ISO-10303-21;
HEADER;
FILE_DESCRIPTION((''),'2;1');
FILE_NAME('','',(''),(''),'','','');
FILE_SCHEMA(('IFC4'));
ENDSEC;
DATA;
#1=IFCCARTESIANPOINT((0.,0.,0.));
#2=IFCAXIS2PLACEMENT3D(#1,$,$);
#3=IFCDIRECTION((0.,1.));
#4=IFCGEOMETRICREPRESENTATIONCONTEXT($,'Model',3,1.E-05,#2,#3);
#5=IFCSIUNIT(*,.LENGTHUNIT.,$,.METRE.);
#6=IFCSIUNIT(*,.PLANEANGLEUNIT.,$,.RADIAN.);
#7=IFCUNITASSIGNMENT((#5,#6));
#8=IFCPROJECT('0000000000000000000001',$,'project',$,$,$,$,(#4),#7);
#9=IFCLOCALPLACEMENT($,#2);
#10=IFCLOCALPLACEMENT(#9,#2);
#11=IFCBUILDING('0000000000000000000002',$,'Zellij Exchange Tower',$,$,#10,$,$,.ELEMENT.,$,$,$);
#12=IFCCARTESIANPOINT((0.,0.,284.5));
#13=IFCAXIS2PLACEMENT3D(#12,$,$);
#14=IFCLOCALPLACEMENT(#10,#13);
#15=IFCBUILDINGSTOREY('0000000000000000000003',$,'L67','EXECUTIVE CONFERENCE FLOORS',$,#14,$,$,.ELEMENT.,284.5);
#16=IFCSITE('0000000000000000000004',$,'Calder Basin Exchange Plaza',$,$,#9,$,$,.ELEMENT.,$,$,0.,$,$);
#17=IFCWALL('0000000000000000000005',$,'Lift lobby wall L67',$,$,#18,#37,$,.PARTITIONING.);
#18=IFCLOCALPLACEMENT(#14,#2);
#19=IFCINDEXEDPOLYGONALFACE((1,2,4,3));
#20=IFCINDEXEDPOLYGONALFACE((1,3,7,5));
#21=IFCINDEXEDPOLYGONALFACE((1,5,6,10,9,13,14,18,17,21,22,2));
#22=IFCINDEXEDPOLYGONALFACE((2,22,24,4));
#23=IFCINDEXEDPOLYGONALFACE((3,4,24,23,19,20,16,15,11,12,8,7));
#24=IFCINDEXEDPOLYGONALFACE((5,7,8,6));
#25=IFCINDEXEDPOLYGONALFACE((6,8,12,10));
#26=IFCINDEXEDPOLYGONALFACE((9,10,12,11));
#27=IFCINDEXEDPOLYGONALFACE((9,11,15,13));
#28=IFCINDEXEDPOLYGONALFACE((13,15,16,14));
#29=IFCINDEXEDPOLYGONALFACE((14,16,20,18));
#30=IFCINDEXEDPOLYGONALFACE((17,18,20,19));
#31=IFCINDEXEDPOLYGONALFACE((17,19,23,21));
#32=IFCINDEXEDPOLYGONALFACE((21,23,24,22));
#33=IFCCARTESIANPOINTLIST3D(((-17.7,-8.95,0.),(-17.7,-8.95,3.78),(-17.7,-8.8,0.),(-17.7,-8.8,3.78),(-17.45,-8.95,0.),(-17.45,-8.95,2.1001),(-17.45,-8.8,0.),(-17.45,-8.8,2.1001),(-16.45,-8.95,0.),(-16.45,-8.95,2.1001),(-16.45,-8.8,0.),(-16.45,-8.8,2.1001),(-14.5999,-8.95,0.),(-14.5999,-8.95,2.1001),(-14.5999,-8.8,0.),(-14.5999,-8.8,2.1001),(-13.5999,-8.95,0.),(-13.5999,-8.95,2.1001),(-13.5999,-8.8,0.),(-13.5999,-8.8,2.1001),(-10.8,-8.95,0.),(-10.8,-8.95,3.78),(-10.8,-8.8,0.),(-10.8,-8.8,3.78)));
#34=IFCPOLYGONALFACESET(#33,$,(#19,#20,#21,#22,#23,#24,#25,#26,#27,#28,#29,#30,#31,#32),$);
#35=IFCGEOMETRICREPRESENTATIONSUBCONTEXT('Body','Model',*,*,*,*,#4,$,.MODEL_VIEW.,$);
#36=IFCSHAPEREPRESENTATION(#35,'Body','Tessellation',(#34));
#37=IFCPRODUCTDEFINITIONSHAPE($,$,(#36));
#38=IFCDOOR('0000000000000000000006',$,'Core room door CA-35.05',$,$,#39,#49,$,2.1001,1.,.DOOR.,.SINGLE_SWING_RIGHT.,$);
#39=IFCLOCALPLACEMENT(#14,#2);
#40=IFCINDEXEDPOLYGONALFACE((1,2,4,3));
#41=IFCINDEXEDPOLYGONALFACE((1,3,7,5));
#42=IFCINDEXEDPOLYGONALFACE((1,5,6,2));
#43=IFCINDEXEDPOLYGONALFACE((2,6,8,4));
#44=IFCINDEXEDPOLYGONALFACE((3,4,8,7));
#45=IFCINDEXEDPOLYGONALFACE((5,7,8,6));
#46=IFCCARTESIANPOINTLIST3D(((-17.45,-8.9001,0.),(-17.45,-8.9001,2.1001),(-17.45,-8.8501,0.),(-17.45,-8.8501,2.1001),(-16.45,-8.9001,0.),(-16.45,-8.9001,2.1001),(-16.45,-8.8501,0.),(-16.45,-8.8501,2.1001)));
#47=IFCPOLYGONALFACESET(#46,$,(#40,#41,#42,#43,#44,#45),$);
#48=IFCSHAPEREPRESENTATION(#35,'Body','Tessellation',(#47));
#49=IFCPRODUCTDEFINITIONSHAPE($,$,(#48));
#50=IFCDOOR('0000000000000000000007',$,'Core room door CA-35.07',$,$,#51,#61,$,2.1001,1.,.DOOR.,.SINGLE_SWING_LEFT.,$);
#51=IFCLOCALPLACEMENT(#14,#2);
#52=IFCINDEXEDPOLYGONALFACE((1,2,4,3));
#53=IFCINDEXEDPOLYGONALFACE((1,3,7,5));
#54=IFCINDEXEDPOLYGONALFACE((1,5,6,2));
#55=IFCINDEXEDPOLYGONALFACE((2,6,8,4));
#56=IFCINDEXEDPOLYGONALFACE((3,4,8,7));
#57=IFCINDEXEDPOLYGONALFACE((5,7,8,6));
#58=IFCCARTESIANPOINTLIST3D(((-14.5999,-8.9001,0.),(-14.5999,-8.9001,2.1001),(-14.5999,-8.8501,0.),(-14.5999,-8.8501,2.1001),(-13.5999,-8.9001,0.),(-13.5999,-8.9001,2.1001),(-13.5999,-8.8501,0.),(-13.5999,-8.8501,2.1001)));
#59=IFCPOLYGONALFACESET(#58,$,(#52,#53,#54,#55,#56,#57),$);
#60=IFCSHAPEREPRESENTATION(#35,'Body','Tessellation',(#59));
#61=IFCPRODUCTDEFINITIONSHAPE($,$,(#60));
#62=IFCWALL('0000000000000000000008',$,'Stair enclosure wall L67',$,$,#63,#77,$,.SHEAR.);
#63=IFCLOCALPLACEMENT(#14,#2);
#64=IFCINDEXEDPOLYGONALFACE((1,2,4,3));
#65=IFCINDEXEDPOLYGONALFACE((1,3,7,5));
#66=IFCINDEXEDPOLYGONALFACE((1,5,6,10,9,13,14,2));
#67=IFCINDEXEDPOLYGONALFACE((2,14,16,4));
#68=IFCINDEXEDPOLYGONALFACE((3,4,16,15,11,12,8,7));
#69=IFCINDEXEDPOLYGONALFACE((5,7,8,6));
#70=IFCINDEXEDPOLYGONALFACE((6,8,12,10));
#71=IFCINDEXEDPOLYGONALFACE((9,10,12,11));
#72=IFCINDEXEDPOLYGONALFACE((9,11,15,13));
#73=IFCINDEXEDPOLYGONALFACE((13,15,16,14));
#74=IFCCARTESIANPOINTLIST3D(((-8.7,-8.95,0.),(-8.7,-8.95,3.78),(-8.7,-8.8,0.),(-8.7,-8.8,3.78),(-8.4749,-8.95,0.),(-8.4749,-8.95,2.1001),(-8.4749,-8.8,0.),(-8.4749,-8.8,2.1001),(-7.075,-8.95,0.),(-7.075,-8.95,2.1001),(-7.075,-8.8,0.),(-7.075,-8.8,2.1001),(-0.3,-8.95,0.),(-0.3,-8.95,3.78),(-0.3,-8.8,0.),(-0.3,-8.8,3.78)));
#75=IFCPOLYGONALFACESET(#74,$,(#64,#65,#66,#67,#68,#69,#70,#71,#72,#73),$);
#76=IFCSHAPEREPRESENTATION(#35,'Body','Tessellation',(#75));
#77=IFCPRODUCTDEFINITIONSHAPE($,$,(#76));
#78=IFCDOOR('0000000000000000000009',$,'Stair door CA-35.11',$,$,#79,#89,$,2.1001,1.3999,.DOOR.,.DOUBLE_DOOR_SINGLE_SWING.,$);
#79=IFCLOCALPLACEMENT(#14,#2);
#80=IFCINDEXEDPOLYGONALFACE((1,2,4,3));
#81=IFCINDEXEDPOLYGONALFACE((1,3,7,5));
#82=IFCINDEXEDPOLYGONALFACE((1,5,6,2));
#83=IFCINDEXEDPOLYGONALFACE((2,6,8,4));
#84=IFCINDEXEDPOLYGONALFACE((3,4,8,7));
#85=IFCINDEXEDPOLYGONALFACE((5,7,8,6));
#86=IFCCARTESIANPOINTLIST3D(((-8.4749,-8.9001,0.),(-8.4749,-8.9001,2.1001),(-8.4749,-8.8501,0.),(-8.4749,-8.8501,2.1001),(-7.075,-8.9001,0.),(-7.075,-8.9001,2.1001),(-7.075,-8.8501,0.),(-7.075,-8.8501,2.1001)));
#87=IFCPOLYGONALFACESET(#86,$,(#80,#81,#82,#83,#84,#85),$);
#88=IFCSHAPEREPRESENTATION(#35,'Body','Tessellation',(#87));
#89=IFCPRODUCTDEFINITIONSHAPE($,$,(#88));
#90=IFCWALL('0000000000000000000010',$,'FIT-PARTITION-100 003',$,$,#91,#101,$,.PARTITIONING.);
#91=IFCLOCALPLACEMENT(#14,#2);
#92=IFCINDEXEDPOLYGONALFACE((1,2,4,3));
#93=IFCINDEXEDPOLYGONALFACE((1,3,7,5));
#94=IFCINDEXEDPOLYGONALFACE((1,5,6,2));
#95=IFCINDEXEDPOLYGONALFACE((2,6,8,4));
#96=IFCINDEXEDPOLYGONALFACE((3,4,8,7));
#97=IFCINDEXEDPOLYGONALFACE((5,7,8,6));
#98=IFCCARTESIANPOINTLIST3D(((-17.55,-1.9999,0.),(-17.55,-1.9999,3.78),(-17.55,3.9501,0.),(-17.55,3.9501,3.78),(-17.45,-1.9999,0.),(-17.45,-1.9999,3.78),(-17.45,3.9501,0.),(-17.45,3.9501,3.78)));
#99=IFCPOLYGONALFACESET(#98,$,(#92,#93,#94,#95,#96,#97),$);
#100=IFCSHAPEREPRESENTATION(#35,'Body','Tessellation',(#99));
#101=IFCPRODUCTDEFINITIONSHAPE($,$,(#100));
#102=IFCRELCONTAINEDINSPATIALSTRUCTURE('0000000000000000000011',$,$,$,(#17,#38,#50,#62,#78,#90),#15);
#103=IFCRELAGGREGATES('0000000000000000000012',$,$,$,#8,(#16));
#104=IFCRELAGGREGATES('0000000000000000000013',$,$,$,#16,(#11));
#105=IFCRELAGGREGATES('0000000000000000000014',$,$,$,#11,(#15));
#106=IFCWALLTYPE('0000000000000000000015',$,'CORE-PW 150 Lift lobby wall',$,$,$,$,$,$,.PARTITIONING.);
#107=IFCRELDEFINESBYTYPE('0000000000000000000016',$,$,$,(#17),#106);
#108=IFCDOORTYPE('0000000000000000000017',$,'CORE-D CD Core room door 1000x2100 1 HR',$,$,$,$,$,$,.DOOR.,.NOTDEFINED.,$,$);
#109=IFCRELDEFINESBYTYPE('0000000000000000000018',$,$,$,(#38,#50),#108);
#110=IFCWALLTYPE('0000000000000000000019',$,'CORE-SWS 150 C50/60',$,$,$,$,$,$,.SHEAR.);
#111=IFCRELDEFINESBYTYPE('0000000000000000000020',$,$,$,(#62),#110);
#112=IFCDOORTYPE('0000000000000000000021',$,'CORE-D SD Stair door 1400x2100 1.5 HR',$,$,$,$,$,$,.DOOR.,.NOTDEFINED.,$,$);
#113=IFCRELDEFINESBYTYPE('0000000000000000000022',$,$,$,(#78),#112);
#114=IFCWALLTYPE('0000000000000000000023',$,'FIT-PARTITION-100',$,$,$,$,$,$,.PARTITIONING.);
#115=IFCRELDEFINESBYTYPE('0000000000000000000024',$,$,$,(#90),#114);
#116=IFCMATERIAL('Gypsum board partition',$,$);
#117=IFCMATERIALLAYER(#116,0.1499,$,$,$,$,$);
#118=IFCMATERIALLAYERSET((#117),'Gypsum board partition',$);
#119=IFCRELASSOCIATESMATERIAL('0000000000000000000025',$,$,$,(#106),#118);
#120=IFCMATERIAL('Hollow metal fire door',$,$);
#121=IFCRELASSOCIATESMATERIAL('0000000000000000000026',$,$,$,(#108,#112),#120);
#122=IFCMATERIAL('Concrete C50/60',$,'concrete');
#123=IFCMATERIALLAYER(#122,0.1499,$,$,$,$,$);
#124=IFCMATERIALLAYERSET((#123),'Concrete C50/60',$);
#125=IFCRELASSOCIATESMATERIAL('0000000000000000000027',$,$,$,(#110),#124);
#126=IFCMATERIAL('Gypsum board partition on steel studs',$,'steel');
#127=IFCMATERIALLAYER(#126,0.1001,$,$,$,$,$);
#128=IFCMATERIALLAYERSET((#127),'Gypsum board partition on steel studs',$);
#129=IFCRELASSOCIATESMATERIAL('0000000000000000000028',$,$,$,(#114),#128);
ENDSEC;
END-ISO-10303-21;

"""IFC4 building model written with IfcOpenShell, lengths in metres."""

from ifc_helpers import new_model, si_unit, direction, frame, frame_2d, origin, place, context, subcontext, project, spatial, rectangle, extrude, material, layer, layer_set, type_object, element, fill, save


model = new_model("IFC4")

# Units and contexts
model_context = context("Model", 3, precision=1e-05, world=origin(), true_north=direction((0.0, 1.0)))
body_context = subcontext(model_context, "Body", "Model", "MODEL_VIEW")
ifc_project = project(units=[si_unit("LENGTHUNIT", "METRE"), si_unit("PLANEANGLEUNIT", "RADIAN")], contexts=[model_context])

# Site, building, storey
site_placement = place(None, origin())
site = spatial("IfcSite", under=ifc_project, at=site_placement, Name="Calder Basin Exchange Plaza", CompositionType="ELEMENT", RefElevation=0.0)
building_placement = place(site_placement, origin())
building = spatial("IfcBuilding", under=site, at=building_placement, Name="Zellij Exchange Tower", CompositionType="ELEMENT")
storey_placement = place(building_placement, frame((0.0, 0.0, 284.5)))
storey = spatial("IfcBuildingStorey", under=building, at=storey_placement, Name="L67", Description="EXECUTIVE CONFERENCE FLOORS", CompositionType="ELEMENT", Elevation=284.5)

# Shared definitions
ifc_material_1 = material(Name="Concrete C50/60", Category="concrete")

# Shared definitions
ifc_material_2 = material(Name="Gypsum board partition")
ifc_layer_1 = layer(ifc_material_2, 0.1499)
ifc_layer_set_1 = layer_set([ifc_layer_1], Name="Gypsum board partition")
wall_type_1 = type_object("IfcWallType", Name="CORE-PW 150 Lift lobby wall", PredefinedType="PARTITIONING", material=ifc_layer_set_1)

# Shared definitions
ifc_material_3 = material(Name="Hollow metal fire door")

# Wall, openings, doors
door_type_1 = type_object("IfcDoorType", Name="CORE-D CD Core room door 1000x2100 1 HR", OperationType="NOTDEFINED", PredefinedType="DOOR", material=ifc_material_3)
wall_1_placement = place(storey_placement, frame((-17.7, -8.875, 0.0), z_axis=(0.0, 0.0, 1.0), x_axis=(1.0, 0.0, 0.0)))
wall_1 = element("IfcWall", 1, at=wall_1_placement, inside=storey, type_object=wall_type_1, Name="Lift lobby wall L67", PredefinedType="PARTITIONING", context=body_context, shape_type="SweptSolid", body=[
    extrude(rectangle(XDim=6.8999, YDim=0.1499, at=frame_2d((3.45, 0.0))), origin(), (0.0, 0.0, 1.0), 3.78),
])
opening_1_placement = place(wall_1_placement, frame((0.25, 0.0, 0.0)))
opening_1 = element("IfcOpeningElement", 2, at=opening_1_placement, cuts=wall_1, PredefinedType="OPENING", context=body_context, shape_type="SweptSolid", body=[
    extrude(rectangle(XDim=1.0, YDim=2.1001, at=frame_2d((0.5, 1.05))), frame((0.0, 0.0869, 0.0), z_axis=(0.0, -1.0, 0.0), x_axis=(1.0, 0.0, 0.0)), (0.0, 0.0, 1.0), 0.1738),
])
opening_2_placement = place(wall_1_placement, frame((3.1001, 0.0, 0.0)))
opening_2 = element("IfcOpeningElement", 3, at=opening_2_placement, cuts=wall_1, PredefinedType="OPENING", context=body_context, shape_type="SweptSolid", body=[
    extrude(rectangle(XDim=1.0, YDim=2.1001, at=frame_2d((0.5, 1.05))), frame((0.0, 0.0869, 0.0), z_axis=(0.0, -1.0, 0.0), x_axis=(1.0, 0.0, 0.0)), (0.0, 0.0, 1.0), 0.1738),
])
door_1_placement = place(opening_1_placement, origin())
door_1 = element("IfcDoor", 4, at=door_1_placement, inside=storey, type_object=door_type_1, Name="Core room door CA-35.05", OperationType="SINGLE_SWING_RIGHT", OverallHeight=2.1001, OverallWidth=1.0, PredefinedType="DOOR", context=body_context, shape_type="SweptSolid", body=[
    extrude(rectangle(XDim=1.0, YDim=2.1001, at=frame_2d((0.5, 1.05))), frame((0.0, 0.0249, 0.0), z_axis=(0.0, -1.0, 0.0), x_axis=(1.0, 0.0, 0.0)), (0.0, 0.0, 1.0), 0.05),
])
fill(opening_1, door_1)
door_2_placement = place(opening_2_placement, origin())
door_2 = element("IfcDoor", 5, at=door_2_placement, inside=storey, type_object=door_type_1, Name="Core room door CA-35.07", OperationType="SINGLE_SWING_LEFT", OverallHeight=2.1001, OverallWidth=1.0, PredefinedType="DOOR", context=body_context, shape_type="SweptSolid", body=[
    extrude(rectangle(XDim=1.0, YDim=2.1001, at=frame_2d((0.5, 1.05))), frame((0.0, 0.0249, 0.0), z_axis=(0.0, -1.0, 0.0), x_axis=(1.0, 0.0, 0.0)), (0.0, 0.0, 1.0), 0.05),
])
fill(opening_2, door_2)

# Wall, opening, door
ifc_layer_2 = layer(ifc_material_1, 0.1499)
ifc_layer_set_2 = layer_set([ifc_layer_2], Name="Concrete C50/60")
wall_type_2 = type_object("IfcWallType", Name="CORE-SWS 150 C50/60", PredefinedType="SHEAR", material=ifc_layer_set_2)
wall_2_placement = place(storey_placement, frame((-8.7, -8.875, 0.0), z_axis=(0.0, 0.0, 1.0), x_axis=(1.0, 0.0, 0.0)))
wall_2 = element("IfcWall", 6, at=wall_2_placement, inside=storey, type_object=wall_type_2, Name="Stair enclosure wall L67", PredefinedType="SHEAR", context=body_context, shape_type="SweptSolid", body=[
    extrude(rectangle(XDim=8.3999, YDim=0.1499, at=frame_2d((4.2, 0.0))), origin(), (0.0, 0.0, 1.0), 3.78),
])
opening_3_placement = place(wall_2_placement, frame((0.2251, 0.0, 0.0)))
opening_3 = element("IfcOpeningElement", 7, at=opening_3_placement, cuts=wall_2, PredefinedType="OPENING", context=body_context, shape_type="SweptSolid", body=[
    extrude(rectangle(XDim=1.3999, YDim=2.1001, at=frame_2d((0.7, 1.05))), frame((0.0, 0.0869, 0.0), z_axis=(0.0, -1.0, 0.0), x_axis=(1.0, 0.0, 0.0)), (0.0, 0.0, 1.0), 0.1738),
])
door_type_2 = type_object("IfcDoorType", Name="CORE-D SD Stair door 1400x2100 1.5 HR", OperationType="NOTDEFINED", PredefinedType="DOOR", material=ifc_material_3)
door_3_placement = place(opening_3_placement, origin())
door_3 = element("IfcDoor", 8, at=door_3_placement, inside=storey, type_object=door_type_2, Name="Stair door CA-35.11", OperationType="DOUBLE_DOOR_SINGLE_SWING", OverallHeight=2.1001, OverallWidth=1.3999, PredefinedType="DOOR", context=body_context, shape_type="SweptSolid", body=[
    extrude(rectangle(XDim=1.3999, YDim=2.1001, at=frame_2d((0.7, 1.05))), frame((0.0, 0.0249, 0.0), z_axis=(0.0, -1.0, 0.0), x_axis=(1.0, 0.0, 0.0)), (0.0, 0.0, 1.0), 0.05),
])
fill(opening_3, door_3)

# Wall
ifc_material_4 = material(Name="Gypsum board partition on steel studs", Category="steel")
ifc_layer_3 = layer(ifc_material_4, 0.1001)
ifc_layer_set_3 = layer_set([ifc_layer_3], Name="Gypsum board partition on steel studs")
wall_type_3 = type_object("IfcWallType", Name="FIT-PARTITION-100", PredefinedType="PARTITIONING", material=ifc_layer_set_3)
wall_3_placement = place(storey_placement, frame((-17.5, -2.0, 0.0), z_axis=(0.0, 0.0, 1.0), x_axis=(0.0, 1.0, 0.0)))
element("IfcWall", 9, at=wall_3_placement, inside=storey, type_object=wall_type_3, Name="FIT-PARTITION-100 003", PredefinedType="PARTITIONING", context=body_context, shape_type="SweptSolid", body=[
    extrude(rectangle(XDim=5.95, YDim=0.1001, at=frame_2d((2.9751, 0.0))), origin(), (0.0, 0.0, 1.0), 3.78),
])

save(model, "model.ifc")
